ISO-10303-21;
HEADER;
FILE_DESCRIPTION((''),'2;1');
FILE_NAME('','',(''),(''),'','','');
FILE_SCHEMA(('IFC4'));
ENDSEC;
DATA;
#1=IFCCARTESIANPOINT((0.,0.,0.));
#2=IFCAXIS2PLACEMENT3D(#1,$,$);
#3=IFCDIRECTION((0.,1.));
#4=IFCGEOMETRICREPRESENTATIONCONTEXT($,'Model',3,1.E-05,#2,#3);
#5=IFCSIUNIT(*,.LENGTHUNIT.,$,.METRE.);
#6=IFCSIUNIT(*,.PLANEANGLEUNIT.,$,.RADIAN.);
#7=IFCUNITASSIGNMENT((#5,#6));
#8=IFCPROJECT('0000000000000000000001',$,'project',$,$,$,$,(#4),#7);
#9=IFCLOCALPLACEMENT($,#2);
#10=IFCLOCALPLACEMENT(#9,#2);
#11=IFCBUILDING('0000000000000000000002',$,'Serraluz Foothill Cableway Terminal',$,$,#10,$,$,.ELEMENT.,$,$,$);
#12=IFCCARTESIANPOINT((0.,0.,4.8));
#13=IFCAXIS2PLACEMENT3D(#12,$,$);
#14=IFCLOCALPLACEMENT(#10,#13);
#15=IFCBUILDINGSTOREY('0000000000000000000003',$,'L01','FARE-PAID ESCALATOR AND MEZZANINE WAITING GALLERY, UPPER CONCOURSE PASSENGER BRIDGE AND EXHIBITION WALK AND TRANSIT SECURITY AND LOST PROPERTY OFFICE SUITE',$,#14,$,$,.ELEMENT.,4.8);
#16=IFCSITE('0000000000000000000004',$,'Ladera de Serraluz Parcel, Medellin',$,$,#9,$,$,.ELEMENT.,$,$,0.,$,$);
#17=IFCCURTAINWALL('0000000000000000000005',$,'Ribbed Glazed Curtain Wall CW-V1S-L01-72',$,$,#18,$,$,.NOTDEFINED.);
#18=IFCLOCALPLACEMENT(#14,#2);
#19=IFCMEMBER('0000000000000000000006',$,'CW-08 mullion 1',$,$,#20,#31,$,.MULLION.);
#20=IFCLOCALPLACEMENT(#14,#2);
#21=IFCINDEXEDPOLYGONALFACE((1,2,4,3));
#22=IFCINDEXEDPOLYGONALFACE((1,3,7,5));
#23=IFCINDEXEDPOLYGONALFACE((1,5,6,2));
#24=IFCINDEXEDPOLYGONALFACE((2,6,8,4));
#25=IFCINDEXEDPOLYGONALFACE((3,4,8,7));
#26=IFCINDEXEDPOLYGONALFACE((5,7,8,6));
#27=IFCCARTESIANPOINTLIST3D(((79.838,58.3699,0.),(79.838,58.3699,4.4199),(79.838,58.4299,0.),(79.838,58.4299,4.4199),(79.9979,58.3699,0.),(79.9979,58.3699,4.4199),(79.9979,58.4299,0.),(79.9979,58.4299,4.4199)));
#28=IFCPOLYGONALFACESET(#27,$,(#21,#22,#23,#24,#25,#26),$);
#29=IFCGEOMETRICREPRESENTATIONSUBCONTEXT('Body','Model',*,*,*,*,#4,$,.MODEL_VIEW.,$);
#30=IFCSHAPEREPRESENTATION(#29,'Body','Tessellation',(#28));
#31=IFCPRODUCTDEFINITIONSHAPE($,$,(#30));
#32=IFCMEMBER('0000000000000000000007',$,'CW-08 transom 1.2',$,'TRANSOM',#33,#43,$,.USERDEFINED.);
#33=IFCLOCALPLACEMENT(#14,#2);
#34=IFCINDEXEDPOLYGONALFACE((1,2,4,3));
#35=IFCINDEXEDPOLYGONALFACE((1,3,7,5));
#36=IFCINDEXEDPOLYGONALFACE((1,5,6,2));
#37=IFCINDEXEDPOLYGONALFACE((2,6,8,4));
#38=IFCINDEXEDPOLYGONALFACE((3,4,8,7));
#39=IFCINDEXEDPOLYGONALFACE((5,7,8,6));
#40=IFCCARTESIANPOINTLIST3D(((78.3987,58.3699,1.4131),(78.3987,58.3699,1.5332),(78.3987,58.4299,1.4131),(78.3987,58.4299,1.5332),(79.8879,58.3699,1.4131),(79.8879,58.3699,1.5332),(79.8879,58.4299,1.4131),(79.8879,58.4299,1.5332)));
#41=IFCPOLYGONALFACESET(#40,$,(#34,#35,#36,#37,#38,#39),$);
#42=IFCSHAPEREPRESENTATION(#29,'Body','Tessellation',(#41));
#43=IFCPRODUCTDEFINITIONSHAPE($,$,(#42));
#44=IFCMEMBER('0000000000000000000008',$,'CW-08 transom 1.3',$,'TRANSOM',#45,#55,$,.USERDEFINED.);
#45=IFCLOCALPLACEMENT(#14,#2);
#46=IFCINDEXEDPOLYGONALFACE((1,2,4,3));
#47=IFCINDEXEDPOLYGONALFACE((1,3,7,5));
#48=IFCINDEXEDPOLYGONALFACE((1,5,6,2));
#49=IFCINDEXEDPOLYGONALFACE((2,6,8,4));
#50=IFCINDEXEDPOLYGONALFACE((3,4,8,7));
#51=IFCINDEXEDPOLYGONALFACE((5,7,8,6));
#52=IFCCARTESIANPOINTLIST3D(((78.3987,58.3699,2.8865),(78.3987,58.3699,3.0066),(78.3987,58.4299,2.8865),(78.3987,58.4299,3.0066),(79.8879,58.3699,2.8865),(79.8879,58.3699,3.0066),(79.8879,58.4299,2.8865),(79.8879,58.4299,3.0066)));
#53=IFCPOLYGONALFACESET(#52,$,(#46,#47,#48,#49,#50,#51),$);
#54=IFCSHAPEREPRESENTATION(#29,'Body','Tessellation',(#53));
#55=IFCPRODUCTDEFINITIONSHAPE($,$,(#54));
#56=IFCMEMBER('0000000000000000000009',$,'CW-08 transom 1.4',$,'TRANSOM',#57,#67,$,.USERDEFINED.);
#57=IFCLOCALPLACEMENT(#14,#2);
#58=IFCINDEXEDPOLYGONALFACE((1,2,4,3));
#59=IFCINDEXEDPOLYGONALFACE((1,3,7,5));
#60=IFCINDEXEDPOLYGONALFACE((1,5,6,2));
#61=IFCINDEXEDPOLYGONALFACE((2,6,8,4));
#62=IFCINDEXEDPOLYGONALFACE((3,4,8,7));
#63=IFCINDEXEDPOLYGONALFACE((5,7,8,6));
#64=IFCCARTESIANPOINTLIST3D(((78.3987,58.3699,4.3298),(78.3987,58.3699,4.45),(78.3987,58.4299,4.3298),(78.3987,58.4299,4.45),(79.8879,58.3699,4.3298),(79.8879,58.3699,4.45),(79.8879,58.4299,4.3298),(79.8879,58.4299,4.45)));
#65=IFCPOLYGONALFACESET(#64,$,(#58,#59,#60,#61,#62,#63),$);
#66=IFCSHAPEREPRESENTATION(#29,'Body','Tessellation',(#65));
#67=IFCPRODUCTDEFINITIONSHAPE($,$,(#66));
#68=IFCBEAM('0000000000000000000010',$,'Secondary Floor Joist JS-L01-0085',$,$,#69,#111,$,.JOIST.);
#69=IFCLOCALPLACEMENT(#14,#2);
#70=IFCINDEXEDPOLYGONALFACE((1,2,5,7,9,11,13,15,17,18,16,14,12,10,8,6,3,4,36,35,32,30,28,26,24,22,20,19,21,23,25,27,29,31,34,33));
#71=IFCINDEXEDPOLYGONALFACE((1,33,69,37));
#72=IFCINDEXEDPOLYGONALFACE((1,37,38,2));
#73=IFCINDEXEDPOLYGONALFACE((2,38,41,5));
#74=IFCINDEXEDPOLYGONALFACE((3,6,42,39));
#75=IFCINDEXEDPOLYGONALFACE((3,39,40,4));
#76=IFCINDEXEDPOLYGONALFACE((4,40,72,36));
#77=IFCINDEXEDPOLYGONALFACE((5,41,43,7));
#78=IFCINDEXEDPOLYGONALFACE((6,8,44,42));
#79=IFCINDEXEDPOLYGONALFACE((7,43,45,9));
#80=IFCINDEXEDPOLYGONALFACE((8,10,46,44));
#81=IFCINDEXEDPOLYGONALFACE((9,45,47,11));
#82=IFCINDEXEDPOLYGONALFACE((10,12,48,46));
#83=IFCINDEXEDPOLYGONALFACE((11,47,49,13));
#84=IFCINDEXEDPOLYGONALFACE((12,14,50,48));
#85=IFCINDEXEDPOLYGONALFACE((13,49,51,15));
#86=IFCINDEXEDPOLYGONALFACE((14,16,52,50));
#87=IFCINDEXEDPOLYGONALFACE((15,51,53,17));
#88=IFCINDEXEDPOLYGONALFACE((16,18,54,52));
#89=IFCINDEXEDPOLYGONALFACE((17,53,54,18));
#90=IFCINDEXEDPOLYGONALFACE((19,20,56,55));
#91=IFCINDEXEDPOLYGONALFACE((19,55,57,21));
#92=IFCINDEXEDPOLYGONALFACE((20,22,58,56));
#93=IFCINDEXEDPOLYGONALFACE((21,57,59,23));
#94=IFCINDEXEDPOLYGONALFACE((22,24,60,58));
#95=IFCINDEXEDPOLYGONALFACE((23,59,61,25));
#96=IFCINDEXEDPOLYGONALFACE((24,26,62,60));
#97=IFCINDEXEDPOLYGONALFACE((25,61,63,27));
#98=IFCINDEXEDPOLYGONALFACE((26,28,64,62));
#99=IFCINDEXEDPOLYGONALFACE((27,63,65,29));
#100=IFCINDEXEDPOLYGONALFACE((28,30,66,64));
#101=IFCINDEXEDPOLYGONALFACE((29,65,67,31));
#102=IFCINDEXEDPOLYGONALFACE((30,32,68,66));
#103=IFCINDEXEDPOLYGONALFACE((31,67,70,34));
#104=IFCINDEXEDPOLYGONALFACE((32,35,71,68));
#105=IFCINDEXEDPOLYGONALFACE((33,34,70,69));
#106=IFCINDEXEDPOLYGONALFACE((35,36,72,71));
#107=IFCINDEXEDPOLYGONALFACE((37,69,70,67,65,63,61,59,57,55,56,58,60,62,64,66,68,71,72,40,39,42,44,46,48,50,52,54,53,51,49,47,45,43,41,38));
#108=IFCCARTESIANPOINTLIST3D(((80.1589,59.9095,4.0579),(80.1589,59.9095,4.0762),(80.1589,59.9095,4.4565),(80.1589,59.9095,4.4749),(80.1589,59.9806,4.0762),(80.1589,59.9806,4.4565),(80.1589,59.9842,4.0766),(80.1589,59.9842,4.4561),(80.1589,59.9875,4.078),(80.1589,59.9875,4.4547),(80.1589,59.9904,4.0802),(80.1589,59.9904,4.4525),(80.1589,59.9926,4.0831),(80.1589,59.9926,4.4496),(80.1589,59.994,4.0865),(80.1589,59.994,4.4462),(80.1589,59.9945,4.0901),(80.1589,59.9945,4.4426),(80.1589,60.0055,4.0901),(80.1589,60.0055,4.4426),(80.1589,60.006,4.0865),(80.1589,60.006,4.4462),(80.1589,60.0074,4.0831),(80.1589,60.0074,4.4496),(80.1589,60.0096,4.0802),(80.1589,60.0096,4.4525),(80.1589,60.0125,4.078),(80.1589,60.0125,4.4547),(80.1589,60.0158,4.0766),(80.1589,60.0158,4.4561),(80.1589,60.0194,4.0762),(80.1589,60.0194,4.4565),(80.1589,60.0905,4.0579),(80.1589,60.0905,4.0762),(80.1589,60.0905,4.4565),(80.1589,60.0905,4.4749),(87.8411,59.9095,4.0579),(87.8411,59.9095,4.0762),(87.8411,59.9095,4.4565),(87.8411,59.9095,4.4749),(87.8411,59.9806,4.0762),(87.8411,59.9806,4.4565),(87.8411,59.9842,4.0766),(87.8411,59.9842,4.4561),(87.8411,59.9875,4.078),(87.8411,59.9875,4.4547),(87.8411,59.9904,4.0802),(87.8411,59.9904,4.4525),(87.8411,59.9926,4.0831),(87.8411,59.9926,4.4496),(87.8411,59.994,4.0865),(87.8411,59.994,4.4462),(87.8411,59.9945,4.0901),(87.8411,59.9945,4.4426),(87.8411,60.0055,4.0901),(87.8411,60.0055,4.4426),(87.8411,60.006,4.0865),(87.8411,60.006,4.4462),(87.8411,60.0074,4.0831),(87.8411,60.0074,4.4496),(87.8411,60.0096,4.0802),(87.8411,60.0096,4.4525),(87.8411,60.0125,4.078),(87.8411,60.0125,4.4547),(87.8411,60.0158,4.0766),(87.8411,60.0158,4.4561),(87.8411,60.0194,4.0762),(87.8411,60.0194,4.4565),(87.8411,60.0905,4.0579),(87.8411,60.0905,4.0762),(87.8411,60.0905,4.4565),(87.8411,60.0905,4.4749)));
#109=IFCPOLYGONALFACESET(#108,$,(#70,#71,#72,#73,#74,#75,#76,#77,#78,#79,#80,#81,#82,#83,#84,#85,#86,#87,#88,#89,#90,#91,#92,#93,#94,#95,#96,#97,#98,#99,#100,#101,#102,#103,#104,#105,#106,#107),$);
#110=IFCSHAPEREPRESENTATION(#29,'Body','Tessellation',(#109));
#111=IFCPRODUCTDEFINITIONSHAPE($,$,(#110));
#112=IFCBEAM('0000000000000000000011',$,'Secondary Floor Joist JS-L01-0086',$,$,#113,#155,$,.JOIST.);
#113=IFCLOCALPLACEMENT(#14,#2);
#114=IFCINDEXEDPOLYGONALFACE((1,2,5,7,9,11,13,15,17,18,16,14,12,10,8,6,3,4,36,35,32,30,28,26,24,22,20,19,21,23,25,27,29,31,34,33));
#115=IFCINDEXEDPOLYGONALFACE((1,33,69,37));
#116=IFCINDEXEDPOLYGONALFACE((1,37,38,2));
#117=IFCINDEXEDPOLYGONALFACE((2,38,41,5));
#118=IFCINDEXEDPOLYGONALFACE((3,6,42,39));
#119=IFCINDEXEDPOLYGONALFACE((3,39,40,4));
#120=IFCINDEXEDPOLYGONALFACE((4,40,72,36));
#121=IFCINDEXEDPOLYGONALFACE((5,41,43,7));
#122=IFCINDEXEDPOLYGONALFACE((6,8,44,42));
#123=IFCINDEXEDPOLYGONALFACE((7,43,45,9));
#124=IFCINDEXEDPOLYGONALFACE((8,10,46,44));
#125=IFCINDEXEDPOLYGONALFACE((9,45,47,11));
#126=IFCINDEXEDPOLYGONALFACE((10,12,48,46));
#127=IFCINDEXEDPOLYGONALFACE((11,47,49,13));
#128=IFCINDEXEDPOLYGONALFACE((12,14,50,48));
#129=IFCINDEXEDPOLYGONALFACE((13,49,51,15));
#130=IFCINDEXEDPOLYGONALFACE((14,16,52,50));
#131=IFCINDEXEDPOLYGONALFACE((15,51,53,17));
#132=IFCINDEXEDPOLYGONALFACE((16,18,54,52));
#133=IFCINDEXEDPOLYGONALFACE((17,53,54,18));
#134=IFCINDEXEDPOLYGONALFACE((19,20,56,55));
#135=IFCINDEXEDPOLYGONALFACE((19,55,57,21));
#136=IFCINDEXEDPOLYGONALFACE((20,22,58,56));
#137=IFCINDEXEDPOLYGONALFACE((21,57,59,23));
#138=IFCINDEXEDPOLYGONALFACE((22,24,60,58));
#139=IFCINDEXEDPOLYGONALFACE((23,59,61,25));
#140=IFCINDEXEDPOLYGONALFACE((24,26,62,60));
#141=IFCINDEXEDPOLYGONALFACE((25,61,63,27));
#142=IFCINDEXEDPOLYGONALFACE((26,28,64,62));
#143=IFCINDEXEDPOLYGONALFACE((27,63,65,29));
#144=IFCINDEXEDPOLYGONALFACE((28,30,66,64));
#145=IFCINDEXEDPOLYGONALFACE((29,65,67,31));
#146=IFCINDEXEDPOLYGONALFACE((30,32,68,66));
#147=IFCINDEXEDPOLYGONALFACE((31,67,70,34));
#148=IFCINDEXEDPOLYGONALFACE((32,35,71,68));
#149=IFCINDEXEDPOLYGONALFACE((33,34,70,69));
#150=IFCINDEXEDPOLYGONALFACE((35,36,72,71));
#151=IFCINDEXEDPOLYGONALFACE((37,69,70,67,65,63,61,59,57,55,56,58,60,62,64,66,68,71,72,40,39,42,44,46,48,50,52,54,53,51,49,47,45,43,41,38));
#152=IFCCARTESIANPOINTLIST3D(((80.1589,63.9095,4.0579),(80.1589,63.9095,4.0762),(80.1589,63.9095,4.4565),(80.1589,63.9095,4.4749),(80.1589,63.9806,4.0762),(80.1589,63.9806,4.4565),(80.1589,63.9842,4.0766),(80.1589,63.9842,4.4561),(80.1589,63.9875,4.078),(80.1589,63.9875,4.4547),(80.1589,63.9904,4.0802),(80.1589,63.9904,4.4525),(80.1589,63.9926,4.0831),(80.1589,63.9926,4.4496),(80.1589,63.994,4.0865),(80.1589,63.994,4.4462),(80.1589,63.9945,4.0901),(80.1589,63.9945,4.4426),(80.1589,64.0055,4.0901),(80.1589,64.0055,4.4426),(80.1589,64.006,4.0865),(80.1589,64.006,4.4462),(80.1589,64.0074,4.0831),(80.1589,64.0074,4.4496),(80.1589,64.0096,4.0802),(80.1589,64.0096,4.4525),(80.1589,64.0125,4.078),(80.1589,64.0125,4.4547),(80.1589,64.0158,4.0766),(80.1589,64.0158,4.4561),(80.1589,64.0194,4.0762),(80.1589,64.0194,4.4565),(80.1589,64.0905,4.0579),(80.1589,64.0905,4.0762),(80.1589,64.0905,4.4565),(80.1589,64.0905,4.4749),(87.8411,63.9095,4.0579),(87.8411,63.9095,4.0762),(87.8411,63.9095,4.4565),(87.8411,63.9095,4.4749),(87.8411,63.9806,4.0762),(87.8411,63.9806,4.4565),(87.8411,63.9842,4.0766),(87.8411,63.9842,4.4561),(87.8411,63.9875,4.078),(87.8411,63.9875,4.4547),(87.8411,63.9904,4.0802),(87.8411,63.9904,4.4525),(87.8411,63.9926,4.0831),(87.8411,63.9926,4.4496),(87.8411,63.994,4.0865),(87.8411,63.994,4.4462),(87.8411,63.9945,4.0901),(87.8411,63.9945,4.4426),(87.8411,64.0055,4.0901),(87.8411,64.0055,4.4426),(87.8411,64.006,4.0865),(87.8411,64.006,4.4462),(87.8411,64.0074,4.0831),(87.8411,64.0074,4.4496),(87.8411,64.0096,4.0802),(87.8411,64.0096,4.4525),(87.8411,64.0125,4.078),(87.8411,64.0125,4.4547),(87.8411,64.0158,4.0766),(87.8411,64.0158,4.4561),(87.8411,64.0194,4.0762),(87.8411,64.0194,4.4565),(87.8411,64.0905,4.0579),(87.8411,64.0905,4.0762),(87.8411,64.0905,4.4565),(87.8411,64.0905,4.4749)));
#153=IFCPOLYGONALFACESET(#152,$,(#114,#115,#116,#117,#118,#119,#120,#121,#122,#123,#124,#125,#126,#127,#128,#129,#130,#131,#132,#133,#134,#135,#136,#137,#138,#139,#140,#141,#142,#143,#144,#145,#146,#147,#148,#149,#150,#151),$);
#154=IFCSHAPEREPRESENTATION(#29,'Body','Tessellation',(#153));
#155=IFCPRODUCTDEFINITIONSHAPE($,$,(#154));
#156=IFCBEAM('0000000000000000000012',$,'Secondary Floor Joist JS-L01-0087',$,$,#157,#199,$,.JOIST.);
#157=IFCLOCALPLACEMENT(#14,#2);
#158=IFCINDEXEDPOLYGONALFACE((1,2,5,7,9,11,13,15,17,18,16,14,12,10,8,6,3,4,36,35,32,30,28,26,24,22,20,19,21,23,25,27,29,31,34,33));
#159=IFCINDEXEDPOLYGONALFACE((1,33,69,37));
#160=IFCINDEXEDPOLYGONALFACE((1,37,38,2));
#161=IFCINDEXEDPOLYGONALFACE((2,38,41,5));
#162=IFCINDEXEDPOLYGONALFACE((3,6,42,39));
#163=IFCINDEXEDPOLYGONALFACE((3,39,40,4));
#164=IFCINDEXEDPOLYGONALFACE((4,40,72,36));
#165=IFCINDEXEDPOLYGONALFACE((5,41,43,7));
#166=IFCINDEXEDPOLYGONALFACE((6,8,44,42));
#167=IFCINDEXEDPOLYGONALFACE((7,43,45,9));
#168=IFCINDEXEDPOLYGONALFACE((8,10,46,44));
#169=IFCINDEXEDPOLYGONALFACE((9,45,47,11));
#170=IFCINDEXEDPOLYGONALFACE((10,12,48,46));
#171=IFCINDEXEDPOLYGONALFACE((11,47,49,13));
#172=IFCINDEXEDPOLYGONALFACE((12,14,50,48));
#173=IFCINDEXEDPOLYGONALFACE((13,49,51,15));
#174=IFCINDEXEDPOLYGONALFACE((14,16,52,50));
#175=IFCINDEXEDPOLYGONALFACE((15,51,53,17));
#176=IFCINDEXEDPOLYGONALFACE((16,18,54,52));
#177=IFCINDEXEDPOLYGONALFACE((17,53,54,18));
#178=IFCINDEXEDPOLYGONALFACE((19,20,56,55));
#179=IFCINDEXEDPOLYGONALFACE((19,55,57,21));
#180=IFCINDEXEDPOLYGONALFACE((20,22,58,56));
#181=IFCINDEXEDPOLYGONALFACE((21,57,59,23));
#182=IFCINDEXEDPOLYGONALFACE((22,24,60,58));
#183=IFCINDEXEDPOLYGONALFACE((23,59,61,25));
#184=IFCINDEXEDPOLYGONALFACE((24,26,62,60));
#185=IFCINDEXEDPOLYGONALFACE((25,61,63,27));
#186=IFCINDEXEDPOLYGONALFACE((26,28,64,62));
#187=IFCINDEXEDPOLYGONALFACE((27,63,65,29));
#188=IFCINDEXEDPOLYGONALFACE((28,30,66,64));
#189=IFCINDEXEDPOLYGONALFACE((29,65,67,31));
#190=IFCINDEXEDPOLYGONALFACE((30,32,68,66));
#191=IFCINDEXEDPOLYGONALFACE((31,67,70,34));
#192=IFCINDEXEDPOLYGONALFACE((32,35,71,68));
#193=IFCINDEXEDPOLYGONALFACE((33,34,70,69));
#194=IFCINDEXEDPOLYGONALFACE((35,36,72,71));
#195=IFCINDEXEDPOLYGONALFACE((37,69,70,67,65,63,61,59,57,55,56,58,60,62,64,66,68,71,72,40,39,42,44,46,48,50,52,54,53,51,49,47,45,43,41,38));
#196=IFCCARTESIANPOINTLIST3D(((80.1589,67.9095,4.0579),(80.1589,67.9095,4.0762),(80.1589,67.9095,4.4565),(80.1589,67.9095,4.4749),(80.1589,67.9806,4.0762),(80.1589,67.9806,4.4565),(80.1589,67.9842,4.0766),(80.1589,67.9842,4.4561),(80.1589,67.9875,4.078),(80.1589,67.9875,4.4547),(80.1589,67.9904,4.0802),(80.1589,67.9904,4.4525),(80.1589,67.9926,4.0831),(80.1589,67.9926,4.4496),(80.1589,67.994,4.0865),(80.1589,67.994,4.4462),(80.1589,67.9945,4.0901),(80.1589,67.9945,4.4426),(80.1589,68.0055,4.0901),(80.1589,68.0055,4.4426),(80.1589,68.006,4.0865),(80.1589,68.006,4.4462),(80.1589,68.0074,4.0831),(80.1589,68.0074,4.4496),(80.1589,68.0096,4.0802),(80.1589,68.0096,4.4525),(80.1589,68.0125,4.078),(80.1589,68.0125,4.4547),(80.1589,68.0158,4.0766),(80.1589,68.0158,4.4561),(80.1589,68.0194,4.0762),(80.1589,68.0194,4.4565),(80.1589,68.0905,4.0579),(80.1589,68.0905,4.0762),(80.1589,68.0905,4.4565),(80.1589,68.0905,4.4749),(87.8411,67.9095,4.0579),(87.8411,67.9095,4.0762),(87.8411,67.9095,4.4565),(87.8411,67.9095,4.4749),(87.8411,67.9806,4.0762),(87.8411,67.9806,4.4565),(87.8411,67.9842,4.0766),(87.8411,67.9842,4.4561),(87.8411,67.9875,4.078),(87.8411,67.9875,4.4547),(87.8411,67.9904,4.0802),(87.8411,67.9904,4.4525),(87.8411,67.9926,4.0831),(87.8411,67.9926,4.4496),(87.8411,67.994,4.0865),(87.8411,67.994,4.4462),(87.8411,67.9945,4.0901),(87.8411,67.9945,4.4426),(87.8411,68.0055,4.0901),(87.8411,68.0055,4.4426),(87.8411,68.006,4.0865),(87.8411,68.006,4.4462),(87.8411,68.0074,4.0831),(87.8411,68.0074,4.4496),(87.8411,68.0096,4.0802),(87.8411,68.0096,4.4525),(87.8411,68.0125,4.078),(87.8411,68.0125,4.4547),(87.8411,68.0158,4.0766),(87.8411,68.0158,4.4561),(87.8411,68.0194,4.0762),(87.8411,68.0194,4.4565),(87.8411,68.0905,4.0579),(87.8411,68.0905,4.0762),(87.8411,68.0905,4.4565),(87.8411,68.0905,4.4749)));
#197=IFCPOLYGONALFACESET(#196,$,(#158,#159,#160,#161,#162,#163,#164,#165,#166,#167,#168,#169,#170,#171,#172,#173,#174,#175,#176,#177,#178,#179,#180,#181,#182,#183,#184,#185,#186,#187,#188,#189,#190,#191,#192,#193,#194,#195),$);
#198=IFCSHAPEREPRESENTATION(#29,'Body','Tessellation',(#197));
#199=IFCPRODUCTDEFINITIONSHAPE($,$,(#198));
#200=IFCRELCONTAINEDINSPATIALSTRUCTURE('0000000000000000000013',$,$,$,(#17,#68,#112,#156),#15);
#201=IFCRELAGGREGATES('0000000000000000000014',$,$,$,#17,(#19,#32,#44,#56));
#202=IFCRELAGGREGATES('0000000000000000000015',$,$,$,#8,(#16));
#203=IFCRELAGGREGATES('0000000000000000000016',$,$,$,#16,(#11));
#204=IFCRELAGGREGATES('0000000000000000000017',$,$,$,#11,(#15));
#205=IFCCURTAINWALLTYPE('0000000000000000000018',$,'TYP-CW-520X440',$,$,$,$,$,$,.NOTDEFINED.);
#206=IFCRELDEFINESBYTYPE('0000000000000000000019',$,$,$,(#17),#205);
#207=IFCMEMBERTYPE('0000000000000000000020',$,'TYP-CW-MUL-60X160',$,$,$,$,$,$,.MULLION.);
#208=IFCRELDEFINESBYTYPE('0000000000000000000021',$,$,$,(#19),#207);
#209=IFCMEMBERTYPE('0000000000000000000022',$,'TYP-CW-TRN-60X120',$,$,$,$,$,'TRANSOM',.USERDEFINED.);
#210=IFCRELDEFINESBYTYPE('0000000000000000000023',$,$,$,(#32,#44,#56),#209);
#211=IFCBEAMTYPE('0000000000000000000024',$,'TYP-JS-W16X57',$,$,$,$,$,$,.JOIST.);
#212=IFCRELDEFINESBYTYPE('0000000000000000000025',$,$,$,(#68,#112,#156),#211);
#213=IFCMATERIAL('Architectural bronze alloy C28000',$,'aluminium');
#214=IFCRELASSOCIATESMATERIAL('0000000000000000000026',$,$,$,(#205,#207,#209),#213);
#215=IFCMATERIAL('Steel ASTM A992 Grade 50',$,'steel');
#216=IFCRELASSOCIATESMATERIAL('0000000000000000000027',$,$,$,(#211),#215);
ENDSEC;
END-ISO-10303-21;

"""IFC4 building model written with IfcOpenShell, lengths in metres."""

from ifc_helpers import new_model, si_unit, direction, frame, origin, origin_2d, place, context, subcontext, project, spatial, rectangle, i_section, extrude, material, material_profile, profile_set, type_object, element, aggregate, save


model = new_model("IFC4")

# Units and contexts
model_context = context("Model", 3, precision=1e-05, world=origin(), true_north=direction((0.0, 1.0)))
body_context = subcontext(model_context, "Body", "Model", "MODEL_VIEW")
ifc_project = project(units=[si_unit("LENGTHUNIT", "METRE"), si_unit("PLANEANGLEUNIT", "RADIAN")], contexts=[model_context])

# Site, building, storey
site_placement = place(None, origin())
site = spatial("IfcSite", under=ifc_project, at=site_placement, Name="Ladera de Serraluz Parcel, Medellin", CompositionType="ELEMENT", RefElevation=0.0)
building_placement = place(site_placement, origin())
building = spatial("IfcBuilding", under=site, at=building_placement, Name="Serraluz Foothill Cableway Terminal", CompositionType="ELEMENT")
storey_placement = place(building_placement, frame((0.0, 0.0, 4.8)))
storey = spatial("IfcBuildingStorey", under=building, at=storey_placement, Name="L01", Description="FARE-PAID ESCALATOR AND MEZZANINE WAITING GALLERY, UPPER CONCOURSE PASSENGER BRIDGE AND EXHIBITION WALK AND TRANSIT SECURITY AND LOST PROPERTY OFFICE SUITE", CompositionType="ELEMENT", Elevation=4.8)

# Curtain wall, members
ifc_material_1 = material(Name="Architectural bronze alloy C28000", Category="aluminium")
curtain_wall_type = type_object("IfcCurtainWallType", Name="TYP-CW-520X440", PredefinedType="NOTDEFINED", material=ifc_material_1)
curtain_wall_placement = place(storey_placement, origin())
curtain_wall = element("IfcCurtainWall", 1, at=curtain_wall_placement, inside=storey, type_object=curtain_wall_type, Name="Ribbed Glazed Curtain Wall CW-V1S-L01-72", PredefinedType="NOTDEFINED")
ifc_material_profile_1 = material_profile(ifc_material_1, rectangle(XDim=0.0601, YDim=0.1599, at=origin_2d()), Name="ALU MULLION 60x160")
ifc_profile_set_1 = profile_set([ifc_material_profile_1], Name="Architectural bronze alloy C28000")
member_type_1 = type_object("IfcMemberType", Name="TYP-CW-MUL-60X160", PredefinedType="MULLION", material=ifc_profile_set_1)
member_1_placement = place(storey_placement, frame((79.918, 58.3999, 0.0), z_axis=(0.0, 0.0, 1.0), x_axis=(0.0, -1.0, 0.0)))
member_1 = element("IfcMember", 2, at=member_1_placement, type_object=member_type_1, Name="CW-08 mullion 1", PredefinedType="MULLION", context=body_context, shape_type="SweptSolid", body=[
    extrude(rectangle(XDim=0.0601, YDim=0.1599, at=origin_2d()), origin(), (0.0, 0.0, 1.0), 4.4199),
])
ifc_material_profile_2 = material_profile(ifc_material_1, rectangle(XDim=0.0601, YDim=0.1201, at=origin_2d()), Name="ALU TRANSOM 60x120")
ifc_profile_set_2 = profile_set([ifc_material_profile_2], Name="Architectural bronze alloy C28000")
member_type_2 = type_object("IfcMemberType", Name="TYP-CW-TRN-60X120", ElementType="TRANSOM", PredefinedType="USERDEFINED", material=ifc_profile_set_2)
member_2_placement = place(storey_placement, frame((79.8879, 58.3999, 1.4731), z_axis=(-1.0, 0.0, 0.0), x_axis=(0.0, -1.0, 0.0)))
member_2 = element("IfcMember", 3, at=member_2_placement, type_object=member_type_2, Name="CW-08 transom 1.2", ObjectType="TRANSOM", PredefinedType="USERDEFINED", context=body_context, shape_type="SweptSolid", body=[
    extrude(rectangle(XDim=0.0601, YDim=0.1201, at=origin_2d()), origin(), (0.0, 0.0, 1.0), 1.4893),
])
member_3_placement = place(storey_placement, frame((79.8879, 58.3999, 2.9465), z_axis=(-1.0, 0.0, 0.0), x_axis=(0.0, -1.0, 0.0)))
member_3 = element("IfcMember", 4, at=member_3_placement, type_object=member_type_2, Name="CW-08 transom 1.3", ObjectType="TRANSOM", PredefinedType="USERDEFINED", context=body_context, shape_type="SweptSolid", body=[
    extrude(rectangle(XDim=0.0601, YDim=0.1201, at=origin_2d()), origin(), (0.0, 0.0, 1.0), 1.4893),
])
member_4_placement = place(storey_placement, frame((79.8879, 58.3999, 4.3899), z_axis=(-1.0, 0.0, 0.0), x_axis=(0.0, -1.0, 0.0)))
member_4 = element("IfcMember", 5, at=member_4_placement, type_object=member_type_2, Name="CW-08 transom 1.4", ObjectType="TRANSOM", PredefinedType="USERDEFINED", context=body_context, shape_type="SweptSolid", body=[
    extrude(rectangle(XDim=0.0601, YDim=0.1201, at=origin_2d()), origin(), (0.0, 0.0, 1.0), 1.4893),
])
aggregate(curtain_wall, [member_1, member_2, member_3, member_4])

# Beams
ifc_material_2 = material(Name="Steel ASTM A992 Grade 50", Category="steel")
ifc_material_profile_3 = material_profile(ifc_material_2, i_section(OverallWidth=0.1809, OverallDepth=0.417, WebThickness=0.011, FlangeThickness=0.0183, FilletRadius=0.0139, at=origin_2d()), Name="W16X57")
ifc_profile_set_3 = profile_set([ifc_material_profile_3], Name="Steel ASTM A992 Grade 50")
beam_type = type_object("IfcBeamType", Name="TYP-JS-W16X57", PredefinedType="JOIST", material=ifc_profile_set_3)
for number, where, z_axis, x_axis, name in (
    (6, (80.1589, 60.0, 4.2664), (1.0, 0.0, 0.0), (0.0, 1.0, 0.0), "Secondary Floor Joist JS-L01-0085"),
    (7, (80.1589, 64.0, 4.2664), (1.0, 0.0, 0.0), (0.0, 1.0, 0.0), "Secondary Floor Joist JS-L01-0086"),
    (8, (80.1589, 68.0, 4.2664), (1.0, 0.0, 0.0), (0.0, 1.0, 0.0), "Secondary Floor Joist JS-L01-0087"),
):
    element("IfcBeam", number, at=place(storey_placement, frame(where, z_axis=z_axis, x_axis=x_axis)), inside=storey, type_object=beam_type, Name=name, PredefinedType="JOIST", context=body_context, shape_type="SweptSolid", body=[
        extrude(i_section(OverallWidth=0.1809, OverallDepth=0.417, WebThickness=0.011, FlangeThickness=0.0183, FilletRadius=0.0139, at=origin_2d()), origin(), (0.0, 0.0, 1.0), 7.6821),
    ])

save(model, "model.ifc")
